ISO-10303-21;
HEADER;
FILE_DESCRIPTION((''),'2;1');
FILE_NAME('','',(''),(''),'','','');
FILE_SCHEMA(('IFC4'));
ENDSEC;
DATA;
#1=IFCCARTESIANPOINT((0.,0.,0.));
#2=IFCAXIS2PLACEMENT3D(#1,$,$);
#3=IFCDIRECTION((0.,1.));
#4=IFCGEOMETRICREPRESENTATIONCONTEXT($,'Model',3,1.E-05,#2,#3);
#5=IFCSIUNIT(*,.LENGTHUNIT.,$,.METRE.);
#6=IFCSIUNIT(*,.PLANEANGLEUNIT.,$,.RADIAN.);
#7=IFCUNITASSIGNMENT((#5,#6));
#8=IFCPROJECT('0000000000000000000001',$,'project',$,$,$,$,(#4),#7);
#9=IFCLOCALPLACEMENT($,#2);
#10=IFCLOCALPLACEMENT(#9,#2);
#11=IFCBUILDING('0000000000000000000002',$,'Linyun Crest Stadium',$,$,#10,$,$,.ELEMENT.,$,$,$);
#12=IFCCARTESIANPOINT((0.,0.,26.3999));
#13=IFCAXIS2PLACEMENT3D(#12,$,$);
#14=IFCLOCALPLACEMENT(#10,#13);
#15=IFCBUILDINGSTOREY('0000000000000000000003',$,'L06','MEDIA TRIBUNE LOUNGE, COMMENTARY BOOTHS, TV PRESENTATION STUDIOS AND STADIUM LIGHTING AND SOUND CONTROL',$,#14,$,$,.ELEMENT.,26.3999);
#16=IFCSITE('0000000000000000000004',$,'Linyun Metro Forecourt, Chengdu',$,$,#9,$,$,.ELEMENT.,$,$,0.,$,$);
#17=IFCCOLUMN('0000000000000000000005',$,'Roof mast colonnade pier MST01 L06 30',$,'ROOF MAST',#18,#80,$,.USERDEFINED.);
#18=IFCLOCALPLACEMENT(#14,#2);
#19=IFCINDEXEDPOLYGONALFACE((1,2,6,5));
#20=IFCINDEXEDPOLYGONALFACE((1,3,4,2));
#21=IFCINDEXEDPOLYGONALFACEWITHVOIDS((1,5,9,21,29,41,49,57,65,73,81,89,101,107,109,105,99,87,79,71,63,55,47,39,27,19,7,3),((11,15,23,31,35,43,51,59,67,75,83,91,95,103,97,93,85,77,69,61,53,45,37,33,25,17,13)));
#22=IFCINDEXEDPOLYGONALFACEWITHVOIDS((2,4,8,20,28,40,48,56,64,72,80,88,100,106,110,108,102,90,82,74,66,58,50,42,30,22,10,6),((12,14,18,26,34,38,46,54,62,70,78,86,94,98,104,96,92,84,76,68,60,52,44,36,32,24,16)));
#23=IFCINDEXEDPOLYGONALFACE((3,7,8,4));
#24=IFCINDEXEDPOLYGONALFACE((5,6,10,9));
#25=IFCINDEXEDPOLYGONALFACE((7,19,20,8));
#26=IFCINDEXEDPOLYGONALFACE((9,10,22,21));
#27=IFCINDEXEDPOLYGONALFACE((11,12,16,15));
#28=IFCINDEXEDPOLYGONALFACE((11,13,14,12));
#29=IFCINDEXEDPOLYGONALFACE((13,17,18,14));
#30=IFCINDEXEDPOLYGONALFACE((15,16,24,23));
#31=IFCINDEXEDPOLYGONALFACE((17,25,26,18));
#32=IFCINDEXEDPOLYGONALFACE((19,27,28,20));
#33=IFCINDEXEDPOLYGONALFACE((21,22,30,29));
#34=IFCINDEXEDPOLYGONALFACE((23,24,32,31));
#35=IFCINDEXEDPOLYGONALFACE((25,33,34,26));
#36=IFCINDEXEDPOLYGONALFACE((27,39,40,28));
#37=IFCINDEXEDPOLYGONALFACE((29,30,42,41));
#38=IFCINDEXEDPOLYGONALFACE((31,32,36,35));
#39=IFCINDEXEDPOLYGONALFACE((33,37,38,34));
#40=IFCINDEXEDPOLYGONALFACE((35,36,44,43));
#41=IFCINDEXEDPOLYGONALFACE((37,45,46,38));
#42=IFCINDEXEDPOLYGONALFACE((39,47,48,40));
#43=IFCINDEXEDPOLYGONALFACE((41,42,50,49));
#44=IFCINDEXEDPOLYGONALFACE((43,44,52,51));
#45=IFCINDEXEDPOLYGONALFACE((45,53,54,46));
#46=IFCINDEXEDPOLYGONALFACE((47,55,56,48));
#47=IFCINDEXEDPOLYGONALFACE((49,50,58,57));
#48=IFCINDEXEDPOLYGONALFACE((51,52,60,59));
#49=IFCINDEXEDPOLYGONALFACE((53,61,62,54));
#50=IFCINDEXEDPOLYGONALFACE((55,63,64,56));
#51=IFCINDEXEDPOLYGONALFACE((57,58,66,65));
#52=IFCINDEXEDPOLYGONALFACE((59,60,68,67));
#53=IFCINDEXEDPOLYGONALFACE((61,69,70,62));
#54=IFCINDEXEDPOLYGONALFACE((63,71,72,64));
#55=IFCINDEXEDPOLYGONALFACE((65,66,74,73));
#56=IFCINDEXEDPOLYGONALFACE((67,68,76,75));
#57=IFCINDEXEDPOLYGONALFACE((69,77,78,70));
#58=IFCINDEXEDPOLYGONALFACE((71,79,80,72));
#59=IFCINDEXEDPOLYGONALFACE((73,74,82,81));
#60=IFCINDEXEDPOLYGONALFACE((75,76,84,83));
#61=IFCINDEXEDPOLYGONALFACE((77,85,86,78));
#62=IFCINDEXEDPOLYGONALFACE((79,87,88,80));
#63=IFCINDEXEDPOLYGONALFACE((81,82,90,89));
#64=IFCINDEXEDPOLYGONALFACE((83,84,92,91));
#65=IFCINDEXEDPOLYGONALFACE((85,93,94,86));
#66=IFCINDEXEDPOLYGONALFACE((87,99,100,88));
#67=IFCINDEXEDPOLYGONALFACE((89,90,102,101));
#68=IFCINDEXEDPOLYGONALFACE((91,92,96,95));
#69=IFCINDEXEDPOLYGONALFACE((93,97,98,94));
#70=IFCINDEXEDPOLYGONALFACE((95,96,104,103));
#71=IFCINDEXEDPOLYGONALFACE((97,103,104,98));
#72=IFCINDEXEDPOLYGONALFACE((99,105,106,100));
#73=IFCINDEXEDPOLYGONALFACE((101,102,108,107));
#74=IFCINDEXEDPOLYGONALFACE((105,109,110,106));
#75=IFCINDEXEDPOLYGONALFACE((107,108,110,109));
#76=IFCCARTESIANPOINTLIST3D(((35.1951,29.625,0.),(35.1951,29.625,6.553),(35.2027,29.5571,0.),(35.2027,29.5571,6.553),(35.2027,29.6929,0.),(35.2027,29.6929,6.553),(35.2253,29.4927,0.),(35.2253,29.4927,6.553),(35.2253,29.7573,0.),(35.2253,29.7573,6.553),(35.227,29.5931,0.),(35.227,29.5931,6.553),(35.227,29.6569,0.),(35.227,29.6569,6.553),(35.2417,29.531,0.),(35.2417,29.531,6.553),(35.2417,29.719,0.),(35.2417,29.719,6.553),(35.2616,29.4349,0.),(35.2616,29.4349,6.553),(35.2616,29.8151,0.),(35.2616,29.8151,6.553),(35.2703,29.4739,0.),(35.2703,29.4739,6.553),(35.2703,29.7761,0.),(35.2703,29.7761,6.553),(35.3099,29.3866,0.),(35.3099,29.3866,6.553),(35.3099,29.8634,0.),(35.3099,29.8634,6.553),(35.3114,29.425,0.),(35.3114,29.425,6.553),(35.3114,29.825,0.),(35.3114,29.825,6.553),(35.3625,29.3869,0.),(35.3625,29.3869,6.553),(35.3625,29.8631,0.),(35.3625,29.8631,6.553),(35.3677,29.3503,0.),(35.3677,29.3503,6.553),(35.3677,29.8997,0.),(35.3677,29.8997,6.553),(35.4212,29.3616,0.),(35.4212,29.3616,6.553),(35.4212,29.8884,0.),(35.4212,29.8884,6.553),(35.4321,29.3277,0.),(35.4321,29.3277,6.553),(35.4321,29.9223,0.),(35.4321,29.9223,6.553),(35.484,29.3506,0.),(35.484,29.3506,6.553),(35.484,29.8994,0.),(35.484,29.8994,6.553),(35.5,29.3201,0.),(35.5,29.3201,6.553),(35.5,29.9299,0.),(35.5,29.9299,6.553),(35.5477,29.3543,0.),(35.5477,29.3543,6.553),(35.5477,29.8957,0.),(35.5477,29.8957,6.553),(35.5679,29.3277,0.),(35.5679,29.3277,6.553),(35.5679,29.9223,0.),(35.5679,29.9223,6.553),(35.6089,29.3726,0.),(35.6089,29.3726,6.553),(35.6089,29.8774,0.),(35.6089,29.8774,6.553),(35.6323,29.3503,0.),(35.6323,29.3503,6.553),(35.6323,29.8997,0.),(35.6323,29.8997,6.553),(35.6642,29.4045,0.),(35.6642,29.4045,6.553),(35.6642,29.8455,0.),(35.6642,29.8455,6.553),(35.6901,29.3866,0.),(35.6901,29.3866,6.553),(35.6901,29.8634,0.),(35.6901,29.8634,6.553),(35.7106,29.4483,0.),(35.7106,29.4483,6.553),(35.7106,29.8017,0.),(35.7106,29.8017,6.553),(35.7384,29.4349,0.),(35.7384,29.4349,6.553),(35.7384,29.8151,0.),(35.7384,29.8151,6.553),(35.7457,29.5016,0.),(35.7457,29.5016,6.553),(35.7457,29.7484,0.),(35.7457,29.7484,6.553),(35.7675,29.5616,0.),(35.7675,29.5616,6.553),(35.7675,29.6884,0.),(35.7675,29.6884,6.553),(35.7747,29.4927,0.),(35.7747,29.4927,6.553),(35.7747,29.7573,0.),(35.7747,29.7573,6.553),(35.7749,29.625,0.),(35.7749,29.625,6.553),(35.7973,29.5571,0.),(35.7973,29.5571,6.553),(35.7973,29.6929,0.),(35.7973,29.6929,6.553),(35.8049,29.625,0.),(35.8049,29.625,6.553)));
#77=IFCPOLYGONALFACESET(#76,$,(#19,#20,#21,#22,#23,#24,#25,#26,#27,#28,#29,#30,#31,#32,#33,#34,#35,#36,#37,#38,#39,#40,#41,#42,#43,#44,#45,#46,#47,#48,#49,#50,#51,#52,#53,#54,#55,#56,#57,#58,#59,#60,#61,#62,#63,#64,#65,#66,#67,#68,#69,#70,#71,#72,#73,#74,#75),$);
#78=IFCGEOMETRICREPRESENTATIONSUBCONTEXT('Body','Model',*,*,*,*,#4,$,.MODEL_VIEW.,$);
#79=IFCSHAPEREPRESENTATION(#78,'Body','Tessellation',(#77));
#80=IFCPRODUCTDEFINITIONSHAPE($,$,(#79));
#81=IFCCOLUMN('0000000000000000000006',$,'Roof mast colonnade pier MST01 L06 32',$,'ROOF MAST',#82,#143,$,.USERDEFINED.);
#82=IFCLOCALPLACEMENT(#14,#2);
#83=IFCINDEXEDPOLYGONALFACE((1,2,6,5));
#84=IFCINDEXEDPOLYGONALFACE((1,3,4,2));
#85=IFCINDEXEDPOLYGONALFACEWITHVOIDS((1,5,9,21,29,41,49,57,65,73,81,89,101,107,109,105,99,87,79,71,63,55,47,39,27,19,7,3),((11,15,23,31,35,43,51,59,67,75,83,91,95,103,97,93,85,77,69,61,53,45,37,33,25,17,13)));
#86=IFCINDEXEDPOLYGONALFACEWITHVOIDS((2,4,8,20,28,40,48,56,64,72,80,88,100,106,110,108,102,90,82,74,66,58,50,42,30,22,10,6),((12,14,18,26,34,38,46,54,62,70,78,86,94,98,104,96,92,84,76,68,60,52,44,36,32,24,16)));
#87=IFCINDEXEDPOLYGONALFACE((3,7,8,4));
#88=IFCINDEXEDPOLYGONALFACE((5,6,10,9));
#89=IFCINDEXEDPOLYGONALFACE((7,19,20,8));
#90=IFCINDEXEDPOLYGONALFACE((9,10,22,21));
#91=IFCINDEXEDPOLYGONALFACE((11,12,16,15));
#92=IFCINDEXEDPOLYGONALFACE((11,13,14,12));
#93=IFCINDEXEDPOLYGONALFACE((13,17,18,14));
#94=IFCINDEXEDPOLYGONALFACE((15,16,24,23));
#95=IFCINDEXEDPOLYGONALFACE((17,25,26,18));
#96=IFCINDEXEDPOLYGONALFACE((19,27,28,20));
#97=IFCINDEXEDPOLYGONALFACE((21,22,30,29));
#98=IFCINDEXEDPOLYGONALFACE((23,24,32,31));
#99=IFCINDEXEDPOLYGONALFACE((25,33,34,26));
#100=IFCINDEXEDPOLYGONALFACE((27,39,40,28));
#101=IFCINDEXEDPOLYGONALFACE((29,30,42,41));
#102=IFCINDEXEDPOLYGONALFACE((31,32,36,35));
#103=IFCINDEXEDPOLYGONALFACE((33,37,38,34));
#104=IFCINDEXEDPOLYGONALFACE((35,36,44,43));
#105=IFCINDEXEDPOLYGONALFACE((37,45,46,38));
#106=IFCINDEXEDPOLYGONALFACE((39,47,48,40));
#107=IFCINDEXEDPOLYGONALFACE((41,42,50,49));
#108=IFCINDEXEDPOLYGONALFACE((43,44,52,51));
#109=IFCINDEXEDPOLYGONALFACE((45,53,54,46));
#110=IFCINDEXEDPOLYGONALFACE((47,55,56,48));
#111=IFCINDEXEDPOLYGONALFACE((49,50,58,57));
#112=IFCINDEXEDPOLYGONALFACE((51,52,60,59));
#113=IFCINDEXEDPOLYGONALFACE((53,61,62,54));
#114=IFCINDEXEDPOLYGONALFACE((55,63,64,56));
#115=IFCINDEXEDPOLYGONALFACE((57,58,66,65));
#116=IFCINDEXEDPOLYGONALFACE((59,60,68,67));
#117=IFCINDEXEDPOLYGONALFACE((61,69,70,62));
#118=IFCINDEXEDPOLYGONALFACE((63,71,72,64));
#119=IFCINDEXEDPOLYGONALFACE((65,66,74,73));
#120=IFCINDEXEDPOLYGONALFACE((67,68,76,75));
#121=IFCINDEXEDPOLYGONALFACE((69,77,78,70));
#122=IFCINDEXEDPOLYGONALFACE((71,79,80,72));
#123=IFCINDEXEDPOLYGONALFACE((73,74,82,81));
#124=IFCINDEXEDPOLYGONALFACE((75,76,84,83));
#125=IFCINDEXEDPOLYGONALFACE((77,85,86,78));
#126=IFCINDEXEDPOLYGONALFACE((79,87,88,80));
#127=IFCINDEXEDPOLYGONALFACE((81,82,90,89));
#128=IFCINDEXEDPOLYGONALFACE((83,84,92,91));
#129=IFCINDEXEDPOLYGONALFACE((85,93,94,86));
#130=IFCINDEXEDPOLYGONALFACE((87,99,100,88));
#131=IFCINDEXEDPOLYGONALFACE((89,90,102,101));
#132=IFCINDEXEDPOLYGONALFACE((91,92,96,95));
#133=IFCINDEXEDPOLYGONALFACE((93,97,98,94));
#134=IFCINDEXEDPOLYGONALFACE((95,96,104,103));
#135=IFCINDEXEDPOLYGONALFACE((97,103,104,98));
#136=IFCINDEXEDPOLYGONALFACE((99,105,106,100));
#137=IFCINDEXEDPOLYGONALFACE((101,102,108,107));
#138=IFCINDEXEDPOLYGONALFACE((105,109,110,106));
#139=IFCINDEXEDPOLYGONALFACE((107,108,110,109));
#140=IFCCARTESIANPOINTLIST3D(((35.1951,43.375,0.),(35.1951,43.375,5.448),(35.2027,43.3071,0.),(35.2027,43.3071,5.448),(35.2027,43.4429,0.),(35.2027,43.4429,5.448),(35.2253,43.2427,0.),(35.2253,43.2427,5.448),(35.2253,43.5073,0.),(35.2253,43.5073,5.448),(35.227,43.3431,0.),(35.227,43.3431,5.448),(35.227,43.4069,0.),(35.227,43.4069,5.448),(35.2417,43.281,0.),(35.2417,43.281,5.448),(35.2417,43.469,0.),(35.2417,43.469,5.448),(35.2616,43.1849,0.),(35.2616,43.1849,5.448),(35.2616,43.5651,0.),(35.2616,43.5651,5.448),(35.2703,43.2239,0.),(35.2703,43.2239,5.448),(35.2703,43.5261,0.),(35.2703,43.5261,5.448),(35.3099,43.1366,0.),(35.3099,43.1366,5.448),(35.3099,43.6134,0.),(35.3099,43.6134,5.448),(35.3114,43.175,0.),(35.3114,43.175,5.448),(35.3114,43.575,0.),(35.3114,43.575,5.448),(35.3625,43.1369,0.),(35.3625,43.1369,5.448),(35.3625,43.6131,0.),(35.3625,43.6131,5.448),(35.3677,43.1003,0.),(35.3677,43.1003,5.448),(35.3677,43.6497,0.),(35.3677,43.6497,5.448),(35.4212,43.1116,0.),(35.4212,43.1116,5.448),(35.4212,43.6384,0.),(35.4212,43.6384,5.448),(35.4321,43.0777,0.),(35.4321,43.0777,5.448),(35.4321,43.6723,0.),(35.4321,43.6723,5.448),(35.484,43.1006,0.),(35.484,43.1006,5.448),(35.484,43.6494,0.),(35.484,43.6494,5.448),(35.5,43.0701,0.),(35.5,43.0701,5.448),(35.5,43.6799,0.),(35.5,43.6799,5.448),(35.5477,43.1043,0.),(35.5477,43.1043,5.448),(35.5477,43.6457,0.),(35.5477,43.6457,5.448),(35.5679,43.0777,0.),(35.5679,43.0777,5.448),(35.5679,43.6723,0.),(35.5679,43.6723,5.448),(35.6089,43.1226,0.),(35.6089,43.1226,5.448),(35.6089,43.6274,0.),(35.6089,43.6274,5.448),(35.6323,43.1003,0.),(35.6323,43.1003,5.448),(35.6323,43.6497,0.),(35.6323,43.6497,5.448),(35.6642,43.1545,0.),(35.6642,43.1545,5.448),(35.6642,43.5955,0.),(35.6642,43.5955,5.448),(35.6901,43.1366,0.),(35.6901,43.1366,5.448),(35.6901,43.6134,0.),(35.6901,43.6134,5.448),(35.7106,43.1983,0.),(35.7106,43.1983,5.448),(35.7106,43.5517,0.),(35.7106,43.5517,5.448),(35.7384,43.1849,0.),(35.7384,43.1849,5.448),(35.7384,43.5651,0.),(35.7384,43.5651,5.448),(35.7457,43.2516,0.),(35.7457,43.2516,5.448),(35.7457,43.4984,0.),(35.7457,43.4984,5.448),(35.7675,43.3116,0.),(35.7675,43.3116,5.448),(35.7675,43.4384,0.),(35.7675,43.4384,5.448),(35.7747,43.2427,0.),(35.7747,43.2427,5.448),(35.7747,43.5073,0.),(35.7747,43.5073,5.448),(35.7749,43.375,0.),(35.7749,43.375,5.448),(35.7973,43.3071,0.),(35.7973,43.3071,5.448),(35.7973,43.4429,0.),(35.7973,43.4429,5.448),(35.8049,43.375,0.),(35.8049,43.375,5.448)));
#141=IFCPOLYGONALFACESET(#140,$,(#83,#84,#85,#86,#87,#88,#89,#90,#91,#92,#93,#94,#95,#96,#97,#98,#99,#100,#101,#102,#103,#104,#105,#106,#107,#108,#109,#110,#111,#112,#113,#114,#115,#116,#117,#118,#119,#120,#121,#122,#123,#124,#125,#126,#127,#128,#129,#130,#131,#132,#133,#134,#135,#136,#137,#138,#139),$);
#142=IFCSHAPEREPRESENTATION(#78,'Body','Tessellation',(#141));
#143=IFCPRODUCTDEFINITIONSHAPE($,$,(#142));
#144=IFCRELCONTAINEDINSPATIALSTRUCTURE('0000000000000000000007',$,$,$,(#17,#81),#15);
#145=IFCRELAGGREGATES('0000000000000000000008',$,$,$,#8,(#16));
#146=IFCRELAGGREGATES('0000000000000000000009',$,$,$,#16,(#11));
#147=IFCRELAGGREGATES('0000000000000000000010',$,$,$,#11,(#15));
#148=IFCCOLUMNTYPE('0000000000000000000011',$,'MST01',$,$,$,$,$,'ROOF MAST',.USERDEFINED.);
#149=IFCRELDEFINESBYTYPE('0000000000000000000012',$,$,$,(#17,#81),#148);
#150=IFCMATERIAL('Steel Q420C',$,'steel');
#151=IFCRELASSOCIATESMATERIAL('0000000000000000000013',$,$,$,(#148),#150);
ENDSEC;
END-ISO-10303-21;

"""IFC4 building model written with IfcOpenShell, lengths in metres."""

from ifc_helpers import new_model, si_unit, direction, frame, origin, origin_2d, place, context, subcontext, project, spatial, hollow_circle, extrude, material, material_profile, profile_set, type_object, element, save


model = new_model("IFC4")

# Units and contexts
model_context = context("Model", 3, precision=1e-05, world=origin(), true_north=direction((0.0, 1.0)))
body_context = subcontext(model_context, "Body", "Model", "MODEL_VIEW")
ifc_project = project(units=[si_unit("LENGTHUNIT", "METRE"), si_unit("PLANEANGLEUNIT", "RADIAN")], contexts=[model_context])

# Site, building, storey
site_placement = place(None, origin())
site = spatial("IfcSite", under=ifc_project, at=site_placement, Name="Linyun Metro Forecourt, Chengdu", CompositionType="ELEMENT", RefElevation=0.0)
building_placement = place(site_placement, origin())
building = spatial("IfcBuilding", under=site, at=building_placement, Name="Linyun Crest Stadium", CompositionType="ELEMENT")
storey_placement = place(building_placement, frame((0.0, 0.0, 26.3999)))
storey = spatial("IfcBuildingStorey", under=building, at=storey_placement, Name="L06", Description="MEDIA TRIBUNE LOUNGE, COMMENTARY BOOTHS, TV PRESENTATION STUDIOS AND STADIUM LIGHTING AND SOUND CONTROL", CompositionType="ELEMENT", Elevation=26.3999)

# Columns
ifc_material_1 = material(Name="Steel Q420C", Category="steel")
ifc_material_profile_1 = material_profile(ifc_material_1, hollow_circle(Radius=0.3049, WallThickness=0.03, at=origin_2d()), Name="CHS 610x30")
ifc_profile_set_1 = profile_set([ifc_material_profile_1], Name="Steel Q420C")
column_type = type_object("IfcColumnType", Name="MST01", ElementType="ROOF MAST", PredefinedType="USERDEFINED", material=ifc_profile_set_1)
column_1_placement = place(storey_placement, frame((35.5, 29.625, 0.0), z_axis=(0.0, 0.0, 1.0), x_axis=(1.0, 0.0, 0.0)))
element("IfcColumn", 1, at=column_1_placement, inside=storey, type_object=column_type, Name="Roof mast colonnade pier MST01 L06 30", ObjectType="ROOF MAST", PredefinedType="USERDEFINED", context=body_context, shape_type="SweptSolid", body=[
    extrude(hollow_circle(Radius=0.3049, WallThickness=0.03, at=origin_2d()), origin(), (0.0, 0.0, 1.0), 6.553),
])
column_2_placement = place(storey_placement, frame((35.5, 43.375, 0.0), z_axis=(0.0, 0.0, 1.0), x_axis=(1.0, 0.0, 0.0)))
element("IfcColumn", 2, at=column_2_placement, inside=storey, type_object=column_type, Name="Roof mast colonnade pier MST01 L06 32", ObjectType="ROOF MAST", PredefinedType="USERDEFINED", context=body_context, shape_type="SweptSolid", body=[
    extrude(hollow_circle(Radius=0.3049, WallThickness=0.03, at=origin_2d()), origin(), (0.0, 0.0, 1.0), 5.448),
])

save(model, "model.ifc")
